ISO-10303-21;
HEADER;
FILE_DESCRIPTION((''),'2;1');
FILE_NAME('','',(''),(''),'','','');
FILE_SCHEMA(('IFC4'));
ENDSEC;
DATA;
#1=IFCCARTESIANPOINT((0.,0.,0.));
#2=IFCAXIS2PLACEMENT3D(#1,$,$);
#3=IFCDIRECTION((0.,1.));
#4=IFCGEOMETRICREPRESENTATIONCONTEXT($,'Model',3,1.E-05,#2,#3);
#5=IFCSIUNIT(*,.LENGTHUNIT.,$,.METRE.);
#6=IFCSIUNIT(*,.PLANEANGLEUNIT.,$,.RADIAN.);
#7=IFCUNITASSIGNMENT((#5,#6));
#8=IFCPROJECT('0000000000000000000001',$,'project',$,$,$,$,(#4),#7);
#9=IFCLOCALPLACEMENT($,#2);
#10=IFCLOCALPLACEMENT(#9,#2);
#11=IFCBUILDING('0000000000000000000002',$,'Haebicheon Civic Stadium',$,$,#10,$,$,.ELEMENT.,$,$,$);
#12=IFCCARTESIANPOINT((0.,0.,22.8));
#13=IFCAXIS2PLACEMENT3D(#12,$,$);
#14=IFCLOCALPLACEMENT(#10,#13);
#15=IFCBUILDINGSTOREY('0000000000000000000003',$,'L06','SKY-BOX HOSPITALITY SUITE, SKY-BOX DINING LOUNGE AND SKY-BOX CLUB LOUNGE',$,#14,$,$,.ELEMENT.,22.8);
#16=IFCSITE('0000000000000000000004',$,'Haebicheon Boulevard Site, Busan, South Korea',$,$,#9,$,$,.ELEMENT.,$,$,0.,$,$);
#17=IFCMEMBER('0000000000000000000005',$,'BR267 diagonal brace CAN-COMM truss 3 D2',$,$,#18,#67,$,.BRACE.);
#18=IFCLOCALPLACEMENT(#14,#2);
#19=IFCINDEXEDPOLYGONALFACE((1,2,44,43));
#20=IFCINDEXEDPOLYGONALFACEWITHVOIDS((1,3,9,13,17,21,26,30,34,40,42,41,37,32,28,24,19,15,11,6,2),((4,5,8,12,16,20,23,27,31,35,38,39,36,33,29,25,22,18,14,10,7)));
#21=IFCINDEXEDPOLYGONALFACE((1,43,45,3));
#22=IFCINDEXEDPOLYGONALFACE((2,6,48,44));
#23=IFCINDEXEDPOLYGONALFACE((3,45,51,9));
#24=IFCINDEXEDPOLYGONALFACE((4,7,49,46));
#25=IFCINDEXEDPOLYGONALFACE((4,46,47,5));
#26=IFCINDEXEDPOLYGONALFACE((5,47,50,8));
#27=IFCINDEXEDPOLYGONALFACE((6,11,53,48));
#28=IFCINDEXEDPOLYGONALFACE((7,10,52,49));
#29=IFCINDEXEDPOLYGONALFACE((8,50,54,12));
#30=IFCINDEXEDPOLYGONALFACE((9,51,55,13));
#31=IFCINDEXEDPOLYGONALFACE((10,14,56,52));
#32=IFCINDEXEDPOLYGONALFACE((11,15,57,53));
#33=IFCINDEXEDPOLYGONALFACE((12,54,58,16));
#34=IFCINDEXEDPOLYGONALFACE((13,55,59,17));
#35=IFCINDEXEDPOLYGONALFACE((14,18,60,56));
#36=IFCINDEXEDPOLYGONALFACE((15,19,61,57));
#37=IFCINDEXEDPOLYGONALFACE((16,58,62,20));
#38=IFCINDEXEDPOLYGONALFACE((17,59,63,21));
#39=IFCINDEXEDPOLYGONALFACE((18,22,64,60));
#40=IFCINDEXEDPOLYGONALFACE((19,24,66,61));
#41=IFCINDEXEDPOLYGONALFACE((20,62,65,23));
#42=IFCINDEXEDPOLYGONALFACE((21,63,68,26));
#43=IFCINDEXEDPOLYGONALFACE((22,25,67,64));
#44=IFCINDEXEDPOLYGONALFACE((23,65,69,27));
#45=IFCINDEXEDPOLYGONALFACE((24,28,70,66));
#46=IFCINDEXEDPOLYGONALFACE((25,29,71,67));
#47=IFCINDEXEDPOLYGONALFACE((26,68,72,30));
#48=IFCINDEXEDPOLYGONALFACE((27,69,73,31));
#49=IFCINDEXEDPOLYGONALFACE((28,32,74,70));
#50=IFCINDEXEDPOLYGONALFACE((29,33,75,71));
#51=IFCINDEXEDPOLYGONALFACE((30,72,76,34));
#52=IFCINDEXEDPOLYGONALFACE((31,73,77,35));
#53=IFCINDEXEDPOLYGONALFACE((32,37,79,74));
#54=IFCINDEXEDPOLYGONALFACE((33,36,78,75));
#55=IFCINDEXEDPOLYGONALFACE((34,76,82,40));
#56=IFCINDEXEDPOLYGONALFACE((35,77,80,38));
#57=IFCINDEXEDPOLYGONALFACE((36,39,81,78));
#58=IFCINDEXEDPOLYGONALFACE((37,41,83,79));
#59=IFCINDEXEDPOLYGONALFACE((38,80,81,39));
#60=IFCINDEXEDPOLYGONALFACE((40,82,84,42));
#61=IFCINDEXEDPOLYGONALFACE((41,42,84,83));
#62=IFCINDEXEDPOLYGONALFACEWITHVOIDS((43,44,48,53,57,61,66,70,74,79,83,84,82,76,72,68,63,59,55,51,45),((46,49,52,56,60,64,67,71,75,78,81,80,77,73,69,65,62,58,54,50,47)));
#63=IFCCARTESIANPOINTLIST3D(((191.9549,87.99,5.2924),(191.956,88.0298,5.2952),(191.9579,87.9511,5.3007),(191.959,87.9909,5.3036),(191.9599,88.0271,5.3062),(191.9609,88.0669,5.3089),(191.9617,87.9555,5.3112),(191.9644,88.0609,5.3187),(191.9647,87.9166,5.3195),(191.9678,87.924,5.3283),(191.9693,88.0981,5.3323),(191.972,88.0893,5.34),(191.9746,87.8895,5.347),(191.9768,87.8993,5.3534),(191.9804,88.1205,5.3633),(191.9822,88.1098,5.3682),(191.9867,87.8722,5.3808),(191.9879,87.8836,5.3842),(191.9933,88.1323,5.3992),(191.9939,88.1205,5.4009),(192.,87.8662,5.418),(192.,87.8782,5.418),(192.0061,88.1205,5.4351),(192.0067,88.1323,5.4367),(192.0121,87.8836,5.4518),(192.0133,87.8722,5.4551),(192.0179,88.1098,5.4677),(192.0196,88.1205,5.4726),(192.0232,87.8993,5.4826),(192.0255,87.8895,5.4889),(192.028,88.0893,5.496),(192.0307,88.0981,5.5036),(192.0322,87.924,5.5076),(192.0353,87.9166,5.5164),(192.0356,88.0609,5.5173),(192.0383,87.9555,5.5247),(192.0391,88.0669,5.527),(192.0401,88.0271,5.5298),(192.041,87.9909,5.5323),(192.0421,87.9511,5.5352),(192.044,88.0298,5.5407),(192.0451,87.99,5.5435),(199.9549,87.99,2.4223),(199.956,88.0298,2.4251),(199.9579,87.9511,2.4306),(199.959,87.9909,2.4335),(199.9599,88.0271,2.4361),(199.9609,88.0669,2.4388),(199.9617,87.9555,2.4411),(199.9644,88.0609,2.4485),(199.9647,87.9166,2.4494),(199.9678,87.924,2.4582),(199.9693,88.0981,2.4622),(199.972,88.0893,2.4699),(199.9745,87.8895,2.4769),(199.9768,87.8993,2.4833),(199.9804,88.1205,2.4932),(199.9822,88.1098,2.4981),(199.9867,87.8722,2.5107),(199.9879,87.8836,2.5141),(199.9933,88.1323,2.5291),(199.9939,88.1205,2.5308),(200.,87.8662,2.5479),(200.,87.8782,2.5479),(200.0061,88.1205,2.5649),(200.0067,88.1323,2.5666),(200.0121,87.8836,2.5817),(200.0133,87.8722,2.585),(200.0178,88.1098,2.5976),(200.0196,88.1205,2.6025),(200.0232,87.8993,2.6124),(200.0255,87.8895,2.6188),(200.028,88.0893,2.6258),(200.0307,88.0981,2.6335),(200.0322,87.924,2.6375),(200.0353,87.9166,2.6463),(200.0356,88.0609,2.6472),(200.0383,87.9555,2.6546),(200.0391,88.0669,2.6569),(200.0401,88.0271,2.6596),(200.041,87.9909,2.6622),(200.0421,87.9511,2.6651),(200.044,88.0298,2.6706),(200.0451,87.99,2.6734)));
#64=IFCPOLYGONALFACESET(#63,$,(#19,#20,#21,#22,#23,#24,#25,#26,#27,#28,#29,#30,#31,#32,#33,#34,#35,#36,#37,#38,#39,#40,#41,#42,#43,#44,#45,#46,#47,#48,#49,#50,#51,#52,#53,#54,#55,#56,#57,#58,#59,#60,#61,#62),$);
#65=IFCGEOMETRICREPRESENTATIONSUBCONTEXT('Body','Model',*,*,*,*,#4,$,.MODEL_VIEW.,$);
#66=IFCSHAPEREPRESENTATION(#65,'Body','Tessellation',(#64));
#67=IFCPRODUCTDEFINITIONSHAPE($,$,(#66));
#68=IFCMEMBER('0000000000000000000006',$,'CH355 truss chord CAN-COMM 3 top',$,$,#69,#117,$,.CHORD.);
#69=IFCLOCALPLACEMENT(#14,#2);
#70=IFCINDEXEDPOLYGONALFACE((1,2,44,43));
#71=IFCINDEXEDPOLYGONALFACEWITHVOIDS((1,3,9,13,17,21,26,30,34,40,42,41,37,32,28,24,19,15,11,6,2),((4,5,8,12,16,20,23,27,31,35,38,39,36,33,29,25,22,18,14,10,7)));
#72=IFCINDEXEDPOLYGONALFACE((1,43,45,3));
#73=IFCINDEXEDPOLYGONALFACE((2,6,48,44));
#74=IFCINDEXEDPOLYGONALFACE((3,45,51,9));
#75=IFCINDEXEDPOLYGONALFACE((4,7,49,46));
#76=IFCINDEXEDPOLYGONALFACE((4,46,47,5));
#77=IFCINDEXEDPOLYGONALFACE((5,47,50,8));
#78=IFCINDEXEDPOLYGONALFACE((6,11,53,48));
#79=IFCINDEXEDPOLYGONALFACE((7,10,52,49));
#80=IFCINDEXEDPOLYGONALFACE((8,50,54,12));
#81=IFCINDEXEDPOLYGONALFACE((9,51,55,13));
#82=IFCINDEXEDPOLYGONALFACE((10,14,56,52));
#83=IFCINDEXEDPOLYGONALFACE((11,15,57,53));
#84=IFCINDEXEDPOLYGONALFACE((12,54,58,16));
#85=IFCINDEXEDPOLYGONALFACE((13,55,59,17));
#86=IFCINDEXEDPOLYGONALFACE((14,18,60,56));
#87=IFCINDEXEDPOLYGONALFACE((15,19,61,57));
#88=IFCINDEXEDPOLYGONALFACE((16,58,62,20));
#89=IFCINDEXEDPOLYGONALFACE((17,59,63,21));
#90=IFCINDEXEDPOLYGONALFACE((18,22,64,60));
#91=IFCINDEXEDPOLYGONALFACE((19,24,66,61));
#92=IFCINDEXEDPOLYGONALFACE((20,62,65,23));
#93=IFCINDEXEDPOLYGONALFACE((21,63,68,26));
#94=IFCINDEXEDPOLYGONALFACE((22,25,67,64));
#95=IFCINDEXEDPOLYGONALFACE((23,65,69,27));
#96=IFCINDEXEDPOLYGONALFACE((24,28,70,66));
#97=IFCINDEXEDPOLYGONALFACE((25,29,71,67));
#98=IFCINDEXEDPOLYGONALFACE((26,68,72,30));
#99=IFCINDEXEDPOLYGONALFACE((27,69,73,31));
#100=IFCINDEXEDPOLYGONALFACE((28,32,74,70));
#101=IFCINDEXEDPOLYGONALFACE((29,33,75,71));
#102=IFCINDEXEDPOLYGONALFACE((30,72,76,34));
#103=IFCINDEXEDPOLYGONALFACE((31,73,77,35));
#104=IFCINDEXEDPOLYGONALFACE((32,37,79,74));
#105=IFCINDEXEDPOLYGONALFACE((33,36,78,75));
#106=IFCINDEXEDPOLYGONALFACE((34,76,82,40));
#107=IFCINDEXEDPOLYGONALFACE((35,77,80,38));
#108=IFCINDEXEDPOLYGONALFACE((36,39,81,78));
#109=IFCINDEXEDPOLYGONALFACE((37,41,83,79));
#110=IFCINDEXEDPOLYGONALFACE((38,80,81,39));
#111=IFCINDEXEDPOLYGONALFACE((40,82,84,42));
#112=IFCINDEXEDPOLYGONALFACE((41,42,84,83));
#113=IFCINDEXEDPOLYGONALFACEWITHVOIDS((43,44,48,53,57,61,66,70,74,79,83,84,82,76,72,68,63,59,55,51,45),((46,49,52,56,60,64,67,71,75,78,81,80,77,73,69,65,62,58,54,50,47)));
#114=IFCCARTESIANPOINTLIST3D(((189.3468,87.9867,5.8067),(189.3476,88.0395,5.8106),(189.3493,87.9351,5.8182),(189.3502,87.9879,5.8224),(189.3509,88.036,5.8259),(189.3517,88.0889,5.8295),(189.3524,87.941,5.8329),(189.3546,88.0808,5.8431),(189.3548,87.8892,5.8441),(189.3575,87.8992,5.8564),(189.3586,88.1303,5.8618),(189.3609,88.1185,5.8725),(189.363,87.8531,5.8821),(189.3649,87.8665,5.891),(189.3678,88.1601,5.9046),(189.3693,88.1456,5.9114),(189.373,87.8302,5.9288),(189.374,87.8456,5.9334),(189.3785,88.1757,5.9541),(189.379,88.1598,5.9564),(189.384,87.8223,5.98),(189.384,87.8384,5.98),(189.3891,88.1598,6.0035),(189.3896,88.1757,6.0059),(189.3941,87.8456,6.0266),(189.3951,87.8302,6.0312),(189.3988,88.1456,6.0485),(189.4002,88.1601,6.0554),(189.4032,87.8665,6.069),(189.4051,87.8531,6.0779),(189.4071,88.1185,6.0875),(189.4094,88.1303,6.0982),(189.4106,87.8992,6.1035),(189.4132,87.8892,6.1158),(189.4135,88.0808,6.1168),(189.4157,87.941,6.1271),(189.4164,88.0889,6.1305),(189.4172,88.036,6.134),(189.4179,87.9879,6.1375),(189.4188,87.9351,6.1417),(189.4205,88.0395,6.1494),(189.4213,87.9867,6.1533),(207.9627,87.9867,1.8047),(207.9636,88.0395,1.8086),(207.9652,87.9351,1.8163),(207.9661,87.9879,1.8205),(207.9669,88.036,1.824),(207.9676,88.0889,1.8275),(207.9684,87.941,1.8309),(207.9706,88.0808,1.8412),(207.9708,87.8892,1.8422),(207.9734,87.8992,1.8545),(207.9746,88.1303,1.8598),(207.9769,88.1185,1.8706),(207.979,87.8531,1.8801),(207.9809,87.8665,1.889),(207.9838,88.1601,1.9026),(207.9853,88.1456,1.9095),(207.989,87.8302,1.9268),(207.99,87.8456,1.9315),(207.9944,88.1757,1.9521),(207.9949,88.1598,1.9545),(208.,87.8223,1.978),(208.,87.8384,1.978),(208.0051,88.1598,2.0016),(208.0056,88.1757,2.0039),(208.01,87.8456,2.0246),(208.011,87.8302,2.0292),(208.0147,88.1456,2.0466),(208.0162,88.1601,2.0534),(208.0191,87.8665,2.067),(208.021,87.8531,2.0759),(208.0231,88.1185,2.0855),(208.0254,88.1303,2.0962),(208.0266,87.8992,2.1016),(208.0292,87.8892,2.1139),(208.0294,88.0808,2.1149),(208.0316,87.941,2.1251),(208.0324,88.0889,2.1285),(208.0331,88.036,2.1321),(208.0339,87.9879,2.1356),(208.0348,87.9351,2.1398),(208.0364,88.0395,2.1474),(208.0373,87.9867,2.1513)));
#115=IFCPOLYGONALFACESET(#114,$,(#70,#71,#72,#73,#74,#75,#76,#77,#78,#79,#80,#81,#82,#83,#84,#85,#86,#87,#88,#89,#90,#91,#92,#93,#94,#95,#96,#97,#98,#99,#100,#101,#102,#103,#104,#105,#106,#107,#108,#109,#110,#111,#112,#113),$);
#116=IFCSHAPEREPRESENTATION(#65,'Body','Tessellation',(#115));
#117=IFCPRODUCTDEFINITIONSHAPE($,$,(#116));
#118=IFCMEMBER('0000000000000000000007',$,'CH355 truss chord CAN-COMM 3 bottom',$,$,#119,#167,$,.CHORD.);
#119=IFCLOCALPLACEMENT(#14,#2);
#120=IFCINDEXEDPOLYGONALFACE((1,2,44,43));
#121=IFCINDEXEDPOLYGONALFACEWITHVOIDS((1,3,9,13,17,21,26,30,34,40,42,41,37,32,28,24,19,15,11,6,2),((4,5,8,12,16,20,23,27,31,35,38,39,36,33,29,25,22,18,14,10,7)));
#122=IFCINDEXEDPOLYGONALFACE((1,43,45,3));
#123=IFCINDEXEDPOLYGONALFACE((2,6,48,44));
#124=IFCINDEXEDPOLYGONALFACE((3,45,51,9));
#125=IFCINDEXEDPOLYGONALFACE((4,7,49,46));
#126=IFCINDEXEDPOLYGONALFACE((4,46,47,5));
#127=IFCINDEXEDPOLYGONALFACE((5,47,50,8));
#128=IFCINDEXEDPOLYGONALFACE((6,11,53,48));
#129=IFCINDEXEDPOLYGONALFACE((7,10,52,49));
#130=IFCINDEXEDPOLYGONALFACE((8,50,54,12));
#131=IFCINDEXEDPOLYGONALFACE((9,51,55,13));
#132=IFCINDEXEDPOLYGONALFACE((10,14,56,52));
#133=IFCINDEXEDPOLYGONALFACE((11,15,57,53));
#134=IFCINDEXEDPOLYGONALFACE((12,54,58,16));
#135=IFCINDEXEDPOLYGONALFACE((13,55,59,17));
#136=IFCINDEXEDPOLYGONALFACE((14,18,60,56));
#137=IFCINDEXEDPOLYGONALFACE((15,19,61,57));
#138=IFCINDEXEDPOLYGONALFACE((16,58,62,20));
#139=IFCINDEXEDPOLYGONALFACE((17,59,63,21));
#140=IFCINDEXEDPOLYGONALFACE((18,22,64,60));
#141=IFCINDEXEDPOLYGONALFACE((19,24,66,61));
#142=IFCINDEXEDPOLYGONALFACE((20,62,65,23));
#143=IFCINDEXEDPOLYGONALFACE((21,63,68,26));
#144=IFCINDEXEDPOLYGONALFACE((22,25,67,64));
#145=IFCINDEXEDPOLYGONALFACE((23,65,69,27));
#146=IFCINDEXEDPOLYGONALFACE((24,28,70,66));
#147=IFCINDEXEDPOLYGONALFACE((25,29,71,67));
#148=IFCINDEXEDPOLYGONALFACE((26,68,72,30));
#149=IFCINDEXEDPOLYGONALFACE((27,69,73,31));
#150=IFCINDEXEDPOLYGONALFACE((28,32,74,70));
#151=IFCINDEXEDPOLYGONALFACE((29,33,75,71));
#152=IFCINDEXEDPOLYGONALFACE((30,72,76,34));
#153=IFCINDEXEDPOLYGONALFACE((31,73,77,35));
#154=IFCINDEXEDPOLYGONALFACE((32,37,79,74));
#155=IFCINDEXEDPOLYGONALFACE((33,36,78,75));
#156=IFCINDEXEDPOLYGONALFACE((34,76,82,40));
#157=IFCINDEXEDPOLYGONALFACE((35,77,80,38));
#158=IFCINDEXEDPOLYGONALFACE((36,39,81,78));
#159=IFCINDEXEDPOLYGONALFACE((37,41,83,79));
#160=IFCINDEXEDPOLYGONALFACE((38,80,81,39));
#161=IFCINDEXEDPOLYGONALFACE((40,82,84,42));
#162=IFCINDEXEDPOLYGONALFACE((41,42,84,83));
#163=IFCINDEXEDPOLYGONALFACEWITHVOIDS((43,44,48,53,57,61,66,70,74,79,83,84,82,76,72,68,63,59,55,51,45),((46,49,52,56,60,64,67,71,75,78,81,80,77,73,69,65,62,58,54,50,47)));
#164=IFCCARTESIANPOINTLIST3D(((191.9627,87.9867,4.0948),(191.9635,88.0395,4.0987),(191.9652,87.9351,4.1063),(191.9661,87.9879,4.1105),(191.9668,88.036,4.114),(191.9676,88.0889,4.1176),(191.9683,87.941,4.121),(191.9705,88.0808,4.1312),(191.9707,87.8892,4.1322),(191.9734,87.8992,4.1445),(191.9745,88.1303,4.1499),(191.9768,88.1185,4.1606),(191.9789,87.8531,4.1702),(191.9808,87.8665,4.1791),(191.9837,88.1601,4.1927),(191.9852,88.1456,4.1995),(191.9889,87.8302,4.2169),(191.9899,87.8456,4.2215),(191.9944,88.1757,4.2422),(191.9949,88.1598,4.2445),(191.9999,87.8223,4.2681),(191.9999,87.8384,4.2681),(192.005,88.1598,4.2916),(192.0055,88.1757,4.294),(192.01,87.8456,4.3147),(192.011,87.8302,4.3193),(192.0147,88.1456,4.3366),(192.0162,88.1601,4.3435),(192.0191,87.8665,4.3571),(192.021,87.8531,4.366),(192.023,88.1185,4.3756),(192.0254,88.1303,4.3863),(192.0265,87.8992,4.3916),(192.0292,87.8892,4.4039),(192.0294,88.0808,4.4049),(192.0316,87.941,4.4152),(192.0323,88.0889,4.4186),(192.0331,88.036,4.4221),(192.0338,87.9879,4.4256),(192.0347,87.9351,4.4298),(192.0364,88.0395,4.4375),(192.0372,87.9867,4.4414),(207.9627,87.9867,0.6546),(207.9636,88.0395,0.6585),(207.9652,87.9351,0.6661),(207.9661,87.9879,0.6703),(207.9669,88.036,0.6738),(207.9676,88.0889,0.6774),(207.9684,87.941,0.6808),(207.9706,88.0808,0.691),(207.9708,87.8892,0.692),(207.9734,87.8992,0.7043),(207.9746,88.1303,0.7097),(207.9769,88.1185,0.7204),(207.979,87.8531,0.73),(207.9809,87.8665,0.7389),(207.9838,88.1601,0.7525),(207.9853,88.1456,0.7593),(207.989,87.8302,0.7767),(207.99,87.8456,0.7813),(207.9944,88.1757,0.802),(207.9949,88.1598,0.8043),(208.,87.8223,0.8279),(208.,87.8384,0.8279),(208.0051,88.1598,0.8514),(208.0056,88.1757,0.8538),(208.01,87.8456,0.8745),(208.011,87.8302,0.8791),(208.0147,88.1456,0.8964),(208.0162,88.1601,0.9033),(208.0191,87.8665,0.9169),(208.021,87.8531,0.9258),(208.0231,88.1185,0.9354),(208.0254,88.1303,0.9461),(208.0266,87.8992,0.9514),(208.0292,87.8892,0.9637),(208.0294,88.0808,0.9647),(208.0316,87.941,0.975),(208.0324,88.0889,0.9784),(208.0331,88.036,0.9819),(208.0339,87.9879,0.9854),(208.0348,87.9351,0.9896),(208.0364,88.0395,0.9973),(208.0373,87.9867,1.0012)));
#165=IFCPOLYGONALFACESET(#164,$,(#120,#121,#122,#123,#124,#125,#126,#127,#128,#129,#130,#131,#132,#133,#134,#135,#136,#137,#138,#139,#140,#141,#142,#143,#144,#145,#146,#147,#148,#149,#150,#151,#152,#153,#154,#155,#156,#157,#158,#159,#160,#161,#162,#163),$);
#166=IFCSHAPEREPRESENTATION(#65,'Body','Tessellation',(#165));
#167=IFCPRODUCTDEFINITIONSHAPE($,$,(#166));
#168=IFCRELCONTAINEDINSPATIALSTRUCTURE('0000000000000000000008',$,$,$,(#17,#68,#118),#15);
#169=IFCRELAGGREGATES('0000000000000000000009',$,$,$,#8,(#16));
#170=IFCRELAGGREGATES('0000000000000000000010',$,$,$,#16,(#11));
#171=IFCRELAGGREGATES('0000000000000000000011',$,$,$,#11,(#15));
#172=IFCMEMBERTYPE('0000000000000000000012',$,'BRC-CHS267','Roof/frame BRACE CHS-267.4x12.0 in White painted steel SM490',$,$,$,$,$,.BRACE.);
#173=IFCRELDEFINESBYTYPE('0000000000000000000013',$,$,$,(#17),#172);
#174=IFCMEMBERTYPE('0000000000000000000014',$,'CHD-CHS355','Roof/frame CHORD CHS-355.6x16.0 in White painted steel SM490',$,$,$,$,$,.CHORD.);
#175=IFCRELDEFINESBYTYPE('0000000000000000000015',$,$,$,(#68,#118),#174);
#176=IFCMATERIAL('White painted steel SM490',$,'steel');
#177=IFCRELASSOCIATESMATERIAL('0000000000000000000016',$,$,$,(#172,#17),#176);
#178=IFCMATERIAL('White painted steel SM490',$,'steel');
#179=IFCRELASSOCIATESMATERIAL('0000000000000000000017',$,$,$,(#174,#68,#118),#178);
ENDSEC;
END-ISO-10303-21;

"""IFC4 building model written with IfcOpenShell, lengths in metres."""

from ifc_helpers import new_model, si_unit, direction, frame, origin, origin_2d, place, context, subcontext, project, spatial, hollow_circle, extrude, material, material_profile, profile_set, type_object, element, save


model = new_model("IFC4")

# Units and contexts
model_context = context("Model", 3, precision=1e-05, world=origin(), true_north=direction((0.0, 1.0)))
body_context = subcontext(model_context, "Body", "Model", "MODEL_VIEW")
ifc_project = project(units=[si_unit("LENGTHUNIT", "METRE"), si_unit("PLANEANGLEUNIT", "RADIAN")], contexts=[model_context])

# Site, building, storey
site_placement = place(None, origin())
site = spatial("IfcSite", under=ifc_project, at=site_placement, Name="Haebicheon Boulevard Site, Busan, South Korea", CompositionType="ELEMENT", RefElevation=0.0)
building_placement = place(site_placement, origin())
building = spatial("IfcBuilding", under=site, at=building_placement, Name="Haebicheon Civic Stadium", CompositionType="ELEMENT")
storey_placement = place(building_placement, frame((0.0, 0.0, 22.8)))
storey = spatial("IfcBuildingStorey", under=building, at=storey_placement, Name="L06", Description="SKY-BOX HOSPITALITY SUITE, SKY-BOX DINING LOUNGE AND SKY-BOX CLUB LOUNGE", CompositionType="ELEMENT", Elevation=22.8)

# Members
ifc_material_1 = material(Name="White painted steel SM490", Category="steel")
ifc_material_profile_1 = material_profile(ifc_material_1, hollow_circle(Radius=0.1338, WallThickness=0.012, at=origin_2d()), Name="CHS-267.4x12.0")
ifc_profile_set_1 = profile_set([ifc_material_profile_1], Name="White painted steel SM490")
member_type_1 = type_object("IfcMemberType", Name="BRC-CHS267", Description="Roof/frame BRACE CHS-267.4x12.0 in White painted steel SM490", PredefinedType="BRACE", material=ifc_profile_set_1)
for number, where, z_axis, x_axis, name in (
    (1, (200.0, 88.0, 2.5479), (-0.941257, 0.0, 0.33769), (0.0, -1.0, 0.0), "BR267 diagonal brace CAN-COMM truss 3 D2"),
):
    element("IfcMember", number, at=place(storey_placement, frame(where, z_axis=z_axis, x_axis=x_axis)), inside=storey, type_object=member_type_1, material=ifc_profile_set_1, Name=name, PredefinedType="BRACE", context=body_context, shape_type="SweptSolid", body=[
        extrude(hollow_circle(Radius=0.1338, WallThickness=0.012, at=origin_2d()), origin(), (0.0, 0.0, 1.0), 8.4993),
    ])
ifc_material_2 = material(Name="White painted steel SM490", Category="steel")
ifc_material_profile_2 = material_profile(ifc_material_2, hollow_circle(Radius=0.1777, WallThickness=0.0161, at=origin_2d()), Name="CHS-355.6x16.0")
ifc_profile_set_2 = profile_set([ifc_material_profile_2], Name="White painted steel SM490")
member_type_2 = type_object("IfcMemberType", Name="CHD-CHS355", Description="Roof/frame CHORD CHS-355.6x16.0 in White painted steel SM490", PredefinedType="CHORD", material=ifc_profile_set_2)
member_1_placement = place(storey_placement, frame((208.0, 88.0, 1.978), z_axis=(-0.977664, 0.0, 0.210173), x_axis=(0.0, -1.0, 0.0)))
element("IfcMember", 2, at=member_1_placement, inside=storey, type_object=member_type_2, material=ifc_profile_set_2, Name="CH355 truss chord CAN-COMM 3 top", PredefinedType="CHORD", context=body_context, shape_type="SweptSolid", body=[
    extrude(hollow_circle(Radius=0.1777, WallThickness=0.0161, at=origin_2d()), origin(), (0.0, 0.0, 1.0), 19.0413),
])
member_2_placement = place(storey_placement, frame((208.0, 88.0, 0.8279), z_axis=(-0.977657, 0.0, 0.210208), x_axis=(0.0, -1.0, 0.0)))
element("IfcMember", 3, at=member_2_placement, inside=storey, type_object=member_type_2, material=ifc_profile_set_2, Name="CH355 truss chord CAN-COMM 3 bottom", PredefinedType="CHORD", context=body_context, shape_type="SweptSolid", body=[
    extrude(hollow_circle(Radius=0.1777, WallThickness=0.0161, at=origin_2d()), origin(), (0.0, 0.0, 1.0), 16.3657),
])

save(model, "model.ifc")
